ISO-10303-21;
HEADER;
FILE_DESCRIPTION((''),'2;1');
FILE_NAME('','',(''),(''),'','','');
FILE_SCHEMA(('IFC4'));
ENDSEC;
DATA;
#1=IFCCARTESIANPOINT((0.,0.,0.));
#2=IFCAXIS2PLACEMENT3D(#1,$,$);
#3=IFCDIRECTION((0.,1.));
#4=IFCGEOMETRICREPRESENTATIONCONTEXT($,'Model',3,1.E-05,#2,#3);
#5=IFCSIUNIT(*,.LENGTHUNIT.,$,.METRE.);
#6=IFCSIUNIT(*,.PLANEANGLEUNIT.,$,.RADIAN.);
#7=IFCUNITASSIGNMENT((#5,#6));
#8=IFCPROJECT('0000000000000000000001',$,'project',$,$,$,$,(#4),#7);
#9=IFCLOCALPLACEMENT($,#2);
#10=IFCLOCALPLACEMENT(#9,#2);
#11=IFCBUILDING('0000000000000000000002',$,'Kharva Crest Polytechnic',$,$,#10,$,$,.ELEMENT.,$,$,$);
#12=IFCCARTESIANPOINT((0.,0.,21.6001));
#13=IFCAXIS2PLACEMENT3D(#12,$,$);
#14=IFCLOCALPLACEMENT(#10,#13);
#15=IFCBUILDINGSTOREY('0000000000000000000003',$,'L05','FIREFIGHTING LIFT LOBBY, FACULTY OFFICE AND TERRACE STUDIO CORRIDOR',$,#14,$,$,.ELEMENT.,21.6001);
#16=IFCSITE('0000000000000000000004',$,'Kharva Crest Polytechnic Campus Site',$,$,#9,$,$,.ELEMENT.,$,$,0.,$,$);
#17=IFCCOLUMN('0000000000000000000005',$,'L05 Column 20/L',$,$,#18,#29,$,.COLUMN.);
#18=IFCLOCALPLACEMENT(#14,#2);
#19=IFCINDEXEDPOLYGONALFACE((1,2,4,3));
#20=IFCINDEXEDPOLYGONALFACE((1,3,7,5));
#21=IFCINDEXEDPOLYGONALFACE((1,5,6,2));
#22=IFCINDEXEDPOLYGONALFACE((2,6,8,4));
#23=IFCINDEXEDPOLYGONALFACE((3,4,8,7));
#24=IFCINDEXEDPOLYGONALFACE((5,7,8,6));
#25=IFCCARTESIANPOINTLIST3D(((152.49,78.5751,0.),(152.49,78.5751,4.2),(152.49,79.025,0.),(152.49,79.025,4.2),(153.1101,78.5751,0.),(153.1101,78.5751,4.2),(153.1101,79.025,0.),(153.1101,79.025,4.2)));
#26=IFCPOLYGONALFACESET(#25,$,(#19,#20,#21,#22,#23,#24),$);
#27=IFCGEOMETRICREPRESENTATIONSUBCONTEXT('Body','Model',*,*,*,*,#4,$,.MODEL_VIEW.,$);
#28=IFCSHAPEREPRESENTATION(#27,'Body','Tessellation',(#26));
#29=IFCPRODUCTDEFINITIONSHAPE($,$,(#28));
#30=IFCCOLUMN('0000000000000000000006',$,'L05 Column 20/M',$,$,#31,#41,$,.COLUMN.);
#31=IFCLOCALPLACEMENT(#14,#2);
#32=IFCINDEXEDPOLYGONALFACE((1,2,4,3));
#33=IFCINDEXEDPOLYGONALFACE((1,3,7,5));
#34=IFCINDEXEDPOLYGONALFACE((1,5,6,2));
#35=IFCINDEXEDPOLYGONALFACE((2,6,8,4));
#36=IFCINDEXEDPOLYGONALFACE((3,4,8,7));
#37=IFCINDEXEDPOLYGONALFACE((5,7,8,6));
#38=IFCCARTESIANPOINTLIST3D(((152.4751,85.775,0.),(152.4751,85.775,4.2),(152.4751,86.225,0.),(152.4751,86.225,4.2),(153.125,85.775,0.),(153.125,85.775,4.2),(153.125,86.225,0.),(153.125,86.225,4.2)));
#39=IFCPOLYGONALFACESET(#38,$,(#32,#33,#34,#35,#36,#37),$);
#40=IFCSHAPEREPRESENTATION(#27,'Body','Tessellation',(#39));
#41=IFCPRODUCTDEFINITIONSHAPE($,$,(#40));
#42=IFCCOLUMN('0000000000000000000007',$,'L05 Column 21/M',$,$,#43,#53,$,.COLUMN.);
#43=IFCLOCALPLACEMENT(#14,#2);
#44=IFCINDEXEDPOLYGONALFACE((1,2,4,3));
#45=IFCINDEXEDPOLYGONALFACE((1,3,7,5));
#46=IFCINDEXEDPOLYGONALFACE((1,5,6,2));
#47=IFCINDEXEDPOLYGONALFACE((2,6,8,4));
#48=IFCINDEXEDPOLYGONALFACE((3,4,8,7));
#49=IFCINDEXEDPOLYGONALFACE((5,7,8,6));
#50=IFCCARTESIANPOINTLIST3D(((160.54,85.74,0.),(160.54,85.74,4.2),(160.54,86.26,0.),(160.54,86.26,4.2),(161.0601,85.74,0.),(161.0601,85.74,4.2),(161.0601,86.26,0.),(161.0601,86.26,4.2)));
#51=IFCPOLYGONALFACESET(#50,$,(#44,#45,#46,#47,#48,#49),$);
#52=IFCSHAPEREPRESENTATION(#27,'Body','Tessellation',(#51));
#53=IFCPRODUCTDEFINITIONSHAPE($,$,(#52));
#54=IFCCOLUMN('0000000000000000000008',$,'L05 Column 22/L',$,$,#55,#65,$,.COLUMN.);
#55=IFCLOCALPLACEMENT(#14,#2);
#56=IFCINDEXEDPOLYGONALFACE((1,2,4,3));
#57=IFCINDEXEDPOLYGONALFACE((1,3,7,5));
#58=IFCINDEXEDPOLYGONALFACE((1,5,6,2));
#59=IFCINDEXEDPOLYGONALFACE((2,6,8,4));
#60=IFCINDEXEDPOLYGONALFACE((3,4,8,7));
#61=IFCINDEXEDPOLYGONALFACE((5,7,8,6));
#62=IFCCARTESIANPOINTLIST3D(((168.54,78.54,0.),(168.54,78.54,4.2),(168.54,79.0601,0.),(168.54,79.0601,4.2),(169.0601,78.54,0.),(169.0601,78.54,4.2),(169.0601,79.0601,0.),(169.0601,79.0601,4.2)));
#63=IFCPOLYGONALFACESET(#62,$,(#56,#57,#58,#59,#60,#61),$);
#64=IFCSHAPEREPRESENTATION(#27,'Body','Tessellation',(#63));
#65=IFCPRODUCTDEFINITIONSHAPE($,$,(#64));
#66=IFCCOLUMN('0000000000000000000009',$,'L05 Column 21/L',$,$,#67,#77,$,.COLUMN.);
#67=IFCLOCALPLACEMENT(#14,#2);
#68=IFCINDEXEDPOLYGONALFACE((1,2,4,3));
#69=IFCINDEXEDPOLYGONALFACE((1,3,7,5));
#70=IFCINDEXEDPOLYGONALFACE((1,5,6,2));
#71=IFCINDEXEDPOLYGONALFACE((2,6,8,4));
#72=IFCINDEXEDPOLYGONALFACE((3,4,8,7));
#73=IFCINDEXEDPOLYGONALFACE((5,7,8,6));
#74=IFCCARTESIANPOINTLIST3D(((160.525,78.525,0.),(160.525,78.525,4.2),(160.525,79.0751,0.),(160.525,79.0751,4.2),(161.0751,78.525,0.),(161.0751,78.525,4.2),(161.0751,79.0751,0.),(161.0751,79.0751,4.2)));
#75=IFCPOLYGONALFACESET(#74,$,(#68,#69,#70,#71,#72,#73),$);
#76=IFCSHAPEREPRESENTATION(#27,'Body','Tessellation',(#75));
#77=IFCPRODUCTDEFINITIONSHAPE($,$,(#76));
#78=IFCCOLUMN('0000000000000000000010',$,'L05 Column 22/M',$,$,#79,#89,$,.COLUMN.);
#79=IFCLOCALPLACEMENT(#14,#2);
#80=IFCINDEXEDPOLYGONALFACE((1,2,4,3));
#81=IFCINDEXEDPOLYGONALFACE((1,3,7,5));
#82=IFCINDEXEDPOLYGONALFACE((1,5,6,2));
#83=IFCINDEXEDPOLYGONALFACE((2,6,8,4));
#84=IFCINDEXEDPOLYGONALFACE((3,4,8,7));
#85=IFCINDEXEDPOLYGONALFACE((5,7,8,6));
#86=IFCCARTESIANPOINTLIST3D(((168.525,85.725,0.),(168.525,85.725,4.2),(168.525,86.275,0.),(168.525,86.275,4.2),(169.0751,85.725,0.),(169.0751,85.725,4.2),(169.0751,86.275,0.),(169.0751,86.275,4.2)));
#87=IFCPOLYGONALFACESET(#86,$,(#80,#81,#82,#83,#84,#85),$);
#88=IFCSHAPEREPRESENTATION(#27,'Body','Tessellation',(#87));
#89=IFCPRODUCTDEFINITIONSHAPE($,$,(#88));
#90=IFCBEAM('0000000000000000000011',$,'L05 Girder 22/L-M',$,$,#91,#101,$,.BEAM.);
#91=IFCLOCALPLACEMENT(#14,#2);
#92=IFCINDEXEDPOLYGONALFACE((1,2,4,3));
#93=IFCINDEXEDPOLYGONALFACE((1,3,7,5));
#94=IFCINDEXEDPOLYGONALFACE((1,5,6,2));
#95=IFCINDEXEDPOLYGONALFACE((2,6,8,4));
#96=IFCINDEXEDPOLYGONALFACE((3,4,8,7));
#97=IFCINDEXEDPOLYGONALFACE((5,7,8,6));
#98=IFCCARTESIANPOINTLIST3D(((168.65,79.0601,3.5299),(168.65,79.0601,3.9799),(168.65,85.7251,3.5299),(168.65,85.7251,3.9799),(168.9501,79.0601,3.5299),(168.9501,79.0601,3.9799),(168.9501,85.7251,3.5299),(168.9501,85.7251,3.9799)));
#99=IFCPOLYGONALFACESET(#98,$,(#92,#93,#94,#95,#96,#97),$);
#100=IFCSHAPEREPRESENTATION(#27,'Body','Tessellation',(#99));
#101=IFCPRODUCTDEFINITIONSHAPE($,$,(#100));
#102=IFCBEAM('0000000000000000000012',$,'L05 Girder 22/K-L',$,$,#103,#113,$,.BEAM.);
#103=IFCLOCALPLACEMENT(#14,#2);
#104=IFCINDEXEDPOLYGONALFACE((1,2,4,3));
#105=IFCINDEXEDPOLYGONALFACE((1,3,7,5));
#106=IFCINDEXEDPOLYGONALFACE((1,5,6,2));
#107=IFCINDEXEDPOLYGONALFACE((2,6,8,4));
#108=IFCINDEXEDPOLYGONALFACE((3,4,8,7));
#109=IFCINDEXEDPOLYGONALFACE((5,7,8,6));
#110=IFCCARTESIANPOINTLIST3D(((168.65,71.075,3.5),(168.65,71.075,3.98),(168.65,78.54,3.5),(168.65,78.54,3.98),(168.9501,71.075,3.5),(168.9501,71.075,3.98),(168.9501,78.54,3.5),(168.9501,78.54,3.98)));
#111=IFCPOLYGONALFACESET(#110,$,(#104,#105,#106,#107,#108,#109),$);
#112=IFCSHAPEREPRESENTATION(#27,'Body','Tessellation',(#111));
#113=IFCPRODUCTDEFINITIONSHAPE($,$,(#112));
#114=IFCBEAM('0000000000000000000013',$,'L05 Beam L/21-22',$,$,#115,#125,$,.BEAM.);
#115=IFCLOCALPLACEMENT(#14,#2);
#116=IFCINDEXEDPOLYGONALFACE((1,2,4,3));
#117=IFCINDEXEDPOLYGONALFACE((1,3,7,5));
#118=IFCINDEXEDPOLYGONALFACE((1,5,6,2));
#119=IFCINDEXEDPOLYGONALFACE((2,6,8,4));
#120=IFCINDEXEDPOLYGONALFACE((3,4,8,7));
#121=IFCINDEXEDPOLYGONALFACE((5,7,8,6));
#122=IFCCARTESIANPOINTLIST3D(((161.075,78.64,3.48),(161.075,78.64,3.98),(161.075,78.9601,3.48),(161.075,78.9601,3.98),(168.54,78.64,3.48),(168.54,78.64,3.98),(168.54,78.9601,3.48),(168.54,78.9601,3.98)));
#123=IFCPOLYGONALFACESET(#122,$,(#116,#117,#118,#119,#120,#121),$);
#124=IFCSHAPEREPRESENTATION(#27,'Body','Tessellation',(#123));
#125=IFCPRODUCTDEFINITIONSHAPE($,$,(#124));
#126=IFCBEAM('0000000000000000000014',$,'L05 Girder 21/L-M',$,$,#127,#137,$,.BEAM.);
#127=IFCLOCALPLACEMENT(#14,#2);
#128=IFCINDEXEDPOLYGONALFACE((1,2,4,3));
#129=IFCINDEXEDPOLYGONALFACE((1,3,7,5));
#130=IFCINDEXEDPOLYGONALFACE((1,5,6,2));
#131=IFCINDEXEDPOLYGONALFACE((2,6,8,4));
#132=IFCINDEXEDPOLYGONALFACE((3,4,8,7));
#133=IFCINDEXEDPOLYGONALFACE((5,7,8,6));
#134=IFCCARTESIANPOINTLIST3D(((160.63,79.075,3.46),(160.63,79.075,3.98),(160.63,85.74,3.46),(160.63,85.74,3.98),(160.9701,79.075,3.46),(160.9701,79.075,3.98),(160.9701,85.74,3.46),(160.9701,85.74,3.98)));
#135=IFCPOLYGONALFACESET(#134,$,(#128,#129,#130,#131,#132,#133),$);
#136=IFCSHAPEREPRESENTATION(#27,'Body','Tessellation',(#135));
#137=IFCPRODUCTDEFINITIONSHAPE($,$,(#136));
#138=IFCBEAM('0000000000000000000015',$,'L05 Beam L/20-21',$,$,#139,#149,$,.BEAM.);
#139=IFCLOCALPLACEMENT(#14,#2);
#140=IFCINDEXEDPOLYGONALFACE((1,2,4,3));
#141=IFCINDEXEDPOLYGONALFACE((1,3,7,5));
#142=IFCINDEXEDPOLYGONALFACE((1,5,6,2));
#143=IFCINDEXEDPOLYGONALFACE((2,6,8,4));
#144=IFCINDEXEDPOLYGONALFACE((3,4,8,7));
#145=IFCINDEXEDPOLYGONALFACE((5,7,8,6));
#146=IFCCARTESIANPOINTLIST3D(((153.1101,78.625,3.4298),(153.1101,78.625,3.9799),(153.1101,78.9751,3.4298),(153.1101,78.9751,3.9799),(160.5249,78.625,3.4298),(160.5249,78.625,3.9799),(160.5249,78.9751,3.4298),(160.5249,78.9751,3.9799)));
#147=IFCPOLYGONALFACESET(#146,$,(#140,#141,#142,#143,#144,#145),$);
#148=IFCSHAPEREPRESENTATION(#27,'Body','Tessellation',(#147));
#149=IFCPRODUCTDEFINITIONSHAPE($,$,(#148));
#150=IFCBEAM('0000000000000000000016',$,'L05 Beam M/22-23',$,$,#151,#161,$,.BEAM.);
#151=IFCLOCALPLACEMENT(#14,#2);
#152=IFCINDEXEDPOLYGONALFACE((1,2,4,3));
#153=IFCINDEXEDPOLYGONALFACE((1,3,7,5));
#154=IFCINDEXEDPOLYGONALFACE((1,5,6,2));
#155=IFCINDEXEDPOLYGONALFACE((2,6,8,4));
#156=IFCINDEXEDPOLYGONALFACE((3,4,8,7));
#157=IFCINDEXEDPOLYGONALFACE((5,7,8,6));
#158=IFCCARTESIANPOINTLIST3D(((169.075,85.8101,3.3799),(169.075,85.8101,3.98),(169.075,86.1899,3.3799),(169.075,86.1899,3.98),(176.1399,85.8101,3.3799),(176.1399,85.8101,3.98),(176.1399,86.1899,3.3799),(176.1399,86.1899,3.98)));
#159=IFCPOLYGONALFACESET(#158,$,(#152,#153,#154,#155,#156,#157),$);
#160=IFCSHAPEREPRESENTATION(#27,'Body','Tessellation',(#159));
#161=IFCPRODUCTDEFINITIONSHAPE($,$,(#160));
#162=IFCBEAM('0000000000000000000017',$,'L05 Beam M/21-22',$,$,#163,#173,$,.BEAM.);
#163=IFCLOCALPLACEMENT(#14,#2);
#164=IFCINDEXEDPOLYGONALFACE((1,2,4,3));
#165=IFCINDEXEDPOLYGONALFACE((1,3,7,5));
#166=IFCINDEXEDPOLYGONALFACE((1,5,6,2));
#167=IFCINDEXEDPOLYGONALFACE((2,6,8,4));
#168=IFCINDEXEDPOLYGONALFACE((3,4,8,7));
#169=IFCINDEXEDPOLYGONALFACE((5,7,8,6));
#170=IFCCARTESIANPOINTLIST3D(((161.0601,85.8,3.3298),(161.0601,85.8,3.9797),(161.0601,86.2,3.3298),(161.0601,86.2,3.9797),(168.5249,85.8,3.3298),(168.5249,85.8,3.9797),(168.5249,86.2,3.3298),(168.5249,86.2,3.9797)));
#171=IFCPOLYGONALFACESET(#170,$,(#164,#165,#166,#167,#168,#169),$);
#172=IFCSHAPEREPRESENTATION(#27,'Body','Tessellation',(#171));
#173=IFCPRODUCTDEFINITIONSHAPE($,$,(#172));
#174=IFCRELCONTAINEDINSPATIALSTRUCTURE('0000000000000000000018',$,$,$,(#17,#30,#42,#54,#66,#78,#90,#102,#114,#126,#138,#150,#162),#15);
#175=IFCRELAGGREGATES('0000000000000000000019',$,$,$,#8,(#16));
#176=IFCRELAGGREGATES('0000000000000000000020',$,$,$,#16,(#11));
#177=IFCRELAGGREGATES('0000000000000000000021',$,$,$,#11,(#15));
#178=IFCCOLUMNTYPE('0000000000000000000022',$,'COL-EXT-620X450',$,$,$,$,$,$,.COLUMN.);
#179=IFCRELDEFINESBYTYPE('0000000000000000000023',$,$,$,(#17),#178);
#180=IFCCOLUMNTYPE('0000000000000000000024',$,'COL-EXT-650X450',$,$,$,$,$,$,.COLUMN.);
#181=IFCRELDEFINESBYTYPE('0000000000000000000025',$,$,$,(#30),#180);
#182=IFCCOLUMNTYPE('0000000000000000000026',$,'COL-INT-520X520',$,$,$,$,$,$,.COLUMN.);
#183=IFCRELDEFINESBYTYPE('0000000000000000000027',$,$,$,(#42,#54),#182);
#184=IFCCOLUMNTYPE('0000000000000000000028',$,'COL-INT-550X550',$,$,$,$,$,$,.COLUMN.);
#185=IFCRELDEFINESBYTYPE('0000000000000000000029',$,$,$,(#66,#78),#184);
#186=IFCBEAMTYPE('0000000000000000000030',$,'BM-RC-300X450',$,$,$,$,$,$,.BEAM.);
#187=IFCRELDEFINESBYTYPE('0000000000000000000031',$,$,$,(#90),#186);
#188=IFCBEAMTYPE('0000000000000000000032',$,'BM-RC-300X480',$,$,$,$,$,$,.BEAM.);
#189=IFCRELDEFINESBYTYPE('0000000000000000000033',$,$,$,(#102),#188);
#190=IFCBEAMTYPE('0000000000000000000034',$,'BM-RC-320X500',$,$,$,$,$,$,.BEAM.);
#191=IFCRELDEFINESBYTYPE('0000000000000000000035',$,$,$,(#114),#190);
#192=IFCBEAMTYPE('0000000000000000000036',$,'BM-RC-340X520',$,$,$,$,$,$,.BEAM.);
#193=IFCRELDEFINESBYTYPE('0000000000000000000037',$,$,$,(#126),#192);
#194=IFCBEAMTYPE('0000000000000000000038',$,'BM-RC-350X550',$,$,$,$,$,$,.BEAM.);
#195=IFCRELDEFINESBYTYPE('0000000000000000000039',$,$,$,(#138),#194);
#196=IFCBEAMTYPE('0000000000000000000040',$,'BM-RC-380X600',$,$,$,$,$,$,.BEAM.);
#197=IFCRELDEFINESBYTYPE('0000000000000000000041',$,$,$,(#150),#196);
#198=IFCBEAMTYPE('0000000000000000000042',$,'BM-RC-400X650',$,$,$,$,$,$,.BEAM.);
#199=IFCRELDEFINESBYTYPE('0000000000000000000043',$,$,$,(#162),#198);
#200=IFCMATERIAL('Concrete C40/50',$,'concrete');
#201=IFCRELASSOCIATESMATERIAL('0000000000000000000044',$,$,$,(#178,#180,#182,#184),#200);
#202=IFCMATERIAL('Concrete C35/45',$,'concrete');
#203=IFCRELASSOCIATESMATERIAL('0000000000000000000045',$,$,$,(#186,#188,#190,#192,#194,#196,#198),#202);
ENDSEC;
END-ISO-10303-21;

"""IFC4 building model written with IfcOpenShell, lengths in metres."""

from ifc_helpers import new_model, si_unit, direction, frame, origin, origin_2d, place, context, subcontext, project, spatial, rectangle, extrude, material, material_profile, profile_set, type_object, element, save


model = new_model("IFC4")

# Units and contexts
model_context = context("Model", 3, precision=1e-05, world=origin(), true_north=direction((0.0, 1.0)))
body_context = subcontext(model_context, "Body", "Model", "MODEL_VIEW")
ifc_project = project(units=[si_unit("LENGTHUNIT", "METRE"), si_unit("PLANEANGLEUNIT", "RADIAN")], contexts=[model_context])

# Site, building, storey
site_placement = place(None, origin())
site = spatial("IfcSite", under=ifc_project, at=site_placement, Name="Kharva Crest Polytechnic Campus Site", CompositionType="ELEMENT", RefElevation=0.0)
building_placement = place(site_placement, origin())
building = spatial("IfcBuilding", under=site, at=building_placement, Name="Kharva Crest Polytechnic", CompositionType="ELEMENT")
storey_placement = place(building_placement, frame((0.0, 0.0, 21.6001)))
storey = spatial("IfcBuildingStorey", under=building, at=storey_placement, Name="L05", Description="FIREFIGHTING LIFT LOBBY, FACULTY OFFICE AND TERRACE STUDIO CORRIDOR", CompositionType="ELEMENT", Elevation=21.6001)

# Columns
ifc_material_1 = material(Name="Concrete C40/50", Category="concrete")
ifc_material_profile_1 = material_profile(ifc_material_1, rectangle(XDim=0.6201, YDim=0.45, at=origin_2d()), Name="RECT 620 X 450")
ifc_profile_set_1 = profile_set([ifc_material_profile_1], Name="Concrete C40/50")
column_type_1 = type_object("IfcColumnType", Name="COL-EXT-620X450", PredefinedType="COLUMN", material=ifc_profile_set_1)
column_1_placement = place(storey_placement, frame((152.8, 78.8, 0.0), z_axis=(0.0, 0.0, 1.0), x_axis=(1.0, 0.0, 0.0)))
element("IfcColumn", 1, at=column_1_placement, inside=storey, type_object=column_type_1, Name="L05 Column 20/L", PredefinedType="COLUMN", context=body_context, shape_type="SweptSolid", body=[
    extrude(rectangle(XDim=0.6201, YDim=0.45, at=origin_2d()), origin(), (0.0, 0.0, 1.0), 4.2),
])
ifc_material_profile_2 = material_profile(ifc_material_1, rectangle(XDim=0.6499, YDim=0.45, at=origin_2d()), Name="RECT 650 X 450")
ifc_profile_set_2 = profile_set([ifc_material_profile_2], Name="Concrete C40/50")
column_type_2 = type_object("IfcColumnType", Name="COL-EXT-650X450", PredefinedType="COLUMN", material=ifc_profile_set_2)
column_2_placement = place(storey_placement, frame((152.8, 86.0, 0.0), z_axis=(0.0, 0.0, 1.0), x_axis=(1.0, 0.0, 0.0)))
element("IfcColumn", 2, at=column_2_placement, inside=storey, type_object=column_type_2, Name="L05 Column 20/M", PredefinedType="COLUMN", context=body_context, shape_type="SweptSolid", body=[
    extrude(rectangle(XDim=0.6499, YDim=0.45, at=origin_2d()), origin(), (0.0, 0.0, 1.0), 4.2),
])
ifc_material_profile_3 = material_profile(ifc_material_1, rectangle(XDim=0.52, YDim=0.52, at=origin_2d()), Name="RECT 520 X 520")
ifc_profile_set_3 = profile_set([ifc_material_profile_3], Name="Concrete C40/50")
column_type_3 = type_object("IfcColumnType", Name="COL-INT-520X520", PredefinedType="COLUMN", material=ifc_profile_set_3)
for number, where, z_axis, x_axis, name in (
    (3, (160.8, 86.0, 0.0), (0.0, 0.0, 1.0), (1.0, 0.0, 0.0), "L05 Column 21/M"),
    (4, (168.8, 78.8, 0.0), (0.0, 0.0, 1.0), (1.0, 0.0, 0.0), "L05 Column 22/L"),
):
    element("IfcColumn", number, at=place(storey_placement, frame(where, z_axis=z_axis, x_axis=x_axis)), inside=storey, type_object=column_type_3, Name=name, PredefinedType="COLUMN", context=body_context, shape_type="SweptSolid", body=[
        extrude(rectangle(XDim=0.52, YDim=0.52, at=origin_2d()), origin(), (0.0, 0.0, 1.0), 4.2),
    ])
ifc_material_profile_4 = material_profile(ifc_material_1, rectangle(XDim=0.55, YDim=0.55, at=origin_2d()), Name="RECT 550 X 550")
ifc_profile_set_4 = profile_set([ifc_material_profile_4], Name="Concrete C40/50")
column_type_4 = type_object("IfcColumnType", Name="COL-INT-550X550", PredefinedType="COLUMN", material=ifc_profile_set_4)
for number, where, z_axis, x_axis, name in (
    (5, (160.8, 78.8, 0.0), (0.0, 0.0, 1.0), (1.0, 0.0, 0.0), "L05 Column 21/L"),
    (6, (168.8, 86.0, 0.0), (0.0, 0.0, 1.0), (1.0, 0.0, 0.0), "L05 Column 22/M"),
):
    element("IfcColumn", number, at=place(storey_placement, frame(where, z_axis=z_axis, x_axis=x_axis)), inside=storey, type_object=column_type_4, Name=name, PredefinedType="COLUMN", context=body_context, shape_type="SweptSolid", body=[
        extrude(rectangle(XDim=0.55, YDim=0.55, at=origin_2d()), origin(), (0.0, 0.0, 1.0), 4.2),
    ])

# Beams
ifc_material_2 = material(Name="Concrete C35/45", Category="concrete")
ifc_material_profile_5 = material_profile(ifc_material_2, rectangle(XDim=0.3, YDim=0.45, at=origin_2d()), Name="RECT 300 X 450")
ifc_profile_set_5 = profile_set([ifc_material_profile_5], Name="Concrete C35/45")
beam_type_1 = type_object("IfcBeamType", Name="BM-RC-300X450", PredefinedType="BEAM", material=ifc_profile_set_5)
beam_1_placement = place(storey_placement, frame((168.8, 79.0601, 3.7549), z_axis=(0.0, 1.0, 0.0), x_axis=(-1.0, 0.0, 0.0)))
element("IfcBeam", 7, at=beam_1_placement, inside=storey, type_object=beam_type_1, Name="L05 Girder 22/L-M", PredefinedType="BEAM", context=body_context, shape_type="SweptSolid", body=[
    extrude(rectangle(XDim=0.3, YDim=0.45, at=origin_2d()), origin(), (0.0, 0.0, 1.0), 6.665),
])
ifc_material_profile_6 = material_profile(ifc_material_2, rectangle(XDim=0.3, YDim=0.48, at=origin_2d()), Name="RECT 300 X 480")
ifc_profile_set_6 = profile_set([ifc_material_profile_6], Name="Concrete C35/45")
beam_type_2 = type_object("IfcBeamType", Name="BM-RC-300X480", PredefinedType="BEAM", material=ifc_profile_set_6)
beam_2_placement = place(storey_placement, frame((168.8, 71.075, 3.74), z_axis=(0.0, 1.0, 0.0), x_axis=(-1.0, 0.0, 0.0)))
element("IfcBeam", 8, at=beam_2_placement, inside=storey, type_object=beam_type_2, Name="L05 Girder 22/K-L", PredefinedType="BEAM", context=body_context, shape_type="SweptSolid", body=[
    extrude(rectangle(XDim=0.3, YDim=0.48, at=origin_2d()), origin(), (0.0, 0.0, 1.0), 7.4651),
])
ifc_material_profile_7 = material_profile(ifc_material_2, rectangle(XDim=0.3201, YDim=0.5, at=origin_2d()), Name="RECT 320 X 500")
ifc_profile_set_7 = profile_set([ifc_material_profile_7], Name="Concrete C35/45")
beam_type_3 = type_object("IfcBeamType", Name="BM-RC-320X500", PredefinedType="BEAM", material=ifc_profile_set_7)
beam_3_placement = place(storey_placement, frame((161.075, 78.8, 3.73), z_axis=(1.0, 0.0, 0.0), x_axis=(0.0, 1.0, 0.0)))
element("IfcBeam", 9, at=beam_3_placement, inside=storey, type_object=beam_type_3, Name="L05 Beam L/21-22", PredefinedType="BEAM", context=body_context, shape_type="SweptSolid", body=[
    extrude(rectangle(XDim=0.3201, YDim=0.5, at=origin_2d()), origin(), (0.0, 0.0, 1.0), 7.4651),
])
ifc_material_profile_8 = material_profile(ifc_material_2, rectangle(XDim=0.3401, YDim=0.52, at=origin_2d()), Name="RECT 340 X 520")
ifc_profile_set_8 = profile_set([ifc_material_profile_8], Name="Concrete C35/45")
beam_type_4 = type_object("IfcBeamType", Name="BM-RC-340X520", PredefinedType="BEAM", material=ifc_profile_set_8)
beam_4_placement = place(storey_placement, frame((160.8, 79.075, 3.72), z_axis=(0.0, 1.0, 0.0), x_axis=(-1.0, 0.0, 0.0)))
element("IfcBeam", 10, at=beam_4_placement, inside=storey, type_object=beam_type_4, Name="L05 Girder 21/L-M", PredefinedType="BEAM", context=body_context, shape_type="SweptSolid", body=[
    extrude(rectangle(XDim=0.3401, YDim=0.52, at=origin_2d()), origin(), (0.0, 0.0, 1.0), 6.665),
])
ifc_material_profile_9 = material_profile(ifc_material_2, rectangle(XDim=0.3501, YDim=0.55, at=origin_2d()), Name="RECT 350 X 550")
ifc_profile_set_9 = profile_set([ifc_material_profile_9], Name="Concrete C35/45")
beam_type_5 = type_object("IfcBeamType", Name="BM-RC-350X550", PredefinedType="BEAM", material=ifc_profile_set_9)
beam_5_placement = place(storey_placement, frame((153.1101, 78.8, 3.7048), z_axis=(1.0, 0.0, 0.0), x_axis=(0.0, 1.0, 0.0)))
element("IfcBeam", 11, at=beam_5_placement, inside=storey, type_object=beam_type_5, Name="L05 Beam L/20-21", PredefinedType="BEAM", context=body_context, shape_type="SweptSolid", body=[
    extrude(rectangle(XDim=0.3501, YDim=0.55, at=origin_2d()), origin(), (0.0, 0.0, 1.0), 7.4148),
])
ifc_material_profile_10 = material_profile(ifc_material_2, rectangle(XDim=0.3799, YDim=0.6001, at=origin_2d()), Name="RECT 380 X 600")
ifc_profile_set_10 = profile_set([ifc_material_profile_10], Name="Concrete C35/45")
beam_type_6 = type_object("IfcBeamType", Name="BM-RC-380X600", PredefinedType="BEAM", material=ifc_profile_set_10)
beam_6_placement = place(storey_placement, frame((169.075, 86.0, 3.6799), z_axis=(1.0, 0.0, 0.0), x_axis=(0.0, 1.0, 0.0)))
element("IfcBeam", 12, at=beam_6_placement, inside=storey, type_object=beam_type_6, Name="L05 Beam M/22-23", PredefinedType="BEAM", context=body_context, shape_type="SweptSolid", body=[
    extrude(rectangle(XDim=0.3799, YDim=0.6001, at=origin_2d()), origin(), (0.0, 0.0, 1.0), 7.0649),
])
ifc_material_profile_11 = material_profile(ifc_material_2, rectangle(XDim=0.3999, YDim=0.6499, at=origin_2d()), Name="RECT 400 X 650")
ifc_profile_set_11 = profile_set([ifc_material_profile_11], Name="Concrete C35/45")
beam_type_7 = type_object("IfcBeamType", Name="BM-RC-400X650", PredefinedType="BEAM", material=ifc_profile_set_11)
beam_7_placement = place(storey_placement, frame((161.0601, 86.0, 3.6548), z_axis=(1.0, 0.0, 0.0), x_axis=(0.0, 1.0, 0.0)))
element("IfcBeam", 13, at=beam_7_placement, inside=storey, type_object=beam_type_7, Name="L05 Beam M/21-22", PredefinedType="BEAM", context=body_context, shape_type="SweptSolid", body=[
    extrude(rectangle(XDim=0.3999, YDim=0.6499, at=origin_2d()), origin(), (0.0, 0.0, 1.0), 7.4648),
])

save(model, "model.ifc")
